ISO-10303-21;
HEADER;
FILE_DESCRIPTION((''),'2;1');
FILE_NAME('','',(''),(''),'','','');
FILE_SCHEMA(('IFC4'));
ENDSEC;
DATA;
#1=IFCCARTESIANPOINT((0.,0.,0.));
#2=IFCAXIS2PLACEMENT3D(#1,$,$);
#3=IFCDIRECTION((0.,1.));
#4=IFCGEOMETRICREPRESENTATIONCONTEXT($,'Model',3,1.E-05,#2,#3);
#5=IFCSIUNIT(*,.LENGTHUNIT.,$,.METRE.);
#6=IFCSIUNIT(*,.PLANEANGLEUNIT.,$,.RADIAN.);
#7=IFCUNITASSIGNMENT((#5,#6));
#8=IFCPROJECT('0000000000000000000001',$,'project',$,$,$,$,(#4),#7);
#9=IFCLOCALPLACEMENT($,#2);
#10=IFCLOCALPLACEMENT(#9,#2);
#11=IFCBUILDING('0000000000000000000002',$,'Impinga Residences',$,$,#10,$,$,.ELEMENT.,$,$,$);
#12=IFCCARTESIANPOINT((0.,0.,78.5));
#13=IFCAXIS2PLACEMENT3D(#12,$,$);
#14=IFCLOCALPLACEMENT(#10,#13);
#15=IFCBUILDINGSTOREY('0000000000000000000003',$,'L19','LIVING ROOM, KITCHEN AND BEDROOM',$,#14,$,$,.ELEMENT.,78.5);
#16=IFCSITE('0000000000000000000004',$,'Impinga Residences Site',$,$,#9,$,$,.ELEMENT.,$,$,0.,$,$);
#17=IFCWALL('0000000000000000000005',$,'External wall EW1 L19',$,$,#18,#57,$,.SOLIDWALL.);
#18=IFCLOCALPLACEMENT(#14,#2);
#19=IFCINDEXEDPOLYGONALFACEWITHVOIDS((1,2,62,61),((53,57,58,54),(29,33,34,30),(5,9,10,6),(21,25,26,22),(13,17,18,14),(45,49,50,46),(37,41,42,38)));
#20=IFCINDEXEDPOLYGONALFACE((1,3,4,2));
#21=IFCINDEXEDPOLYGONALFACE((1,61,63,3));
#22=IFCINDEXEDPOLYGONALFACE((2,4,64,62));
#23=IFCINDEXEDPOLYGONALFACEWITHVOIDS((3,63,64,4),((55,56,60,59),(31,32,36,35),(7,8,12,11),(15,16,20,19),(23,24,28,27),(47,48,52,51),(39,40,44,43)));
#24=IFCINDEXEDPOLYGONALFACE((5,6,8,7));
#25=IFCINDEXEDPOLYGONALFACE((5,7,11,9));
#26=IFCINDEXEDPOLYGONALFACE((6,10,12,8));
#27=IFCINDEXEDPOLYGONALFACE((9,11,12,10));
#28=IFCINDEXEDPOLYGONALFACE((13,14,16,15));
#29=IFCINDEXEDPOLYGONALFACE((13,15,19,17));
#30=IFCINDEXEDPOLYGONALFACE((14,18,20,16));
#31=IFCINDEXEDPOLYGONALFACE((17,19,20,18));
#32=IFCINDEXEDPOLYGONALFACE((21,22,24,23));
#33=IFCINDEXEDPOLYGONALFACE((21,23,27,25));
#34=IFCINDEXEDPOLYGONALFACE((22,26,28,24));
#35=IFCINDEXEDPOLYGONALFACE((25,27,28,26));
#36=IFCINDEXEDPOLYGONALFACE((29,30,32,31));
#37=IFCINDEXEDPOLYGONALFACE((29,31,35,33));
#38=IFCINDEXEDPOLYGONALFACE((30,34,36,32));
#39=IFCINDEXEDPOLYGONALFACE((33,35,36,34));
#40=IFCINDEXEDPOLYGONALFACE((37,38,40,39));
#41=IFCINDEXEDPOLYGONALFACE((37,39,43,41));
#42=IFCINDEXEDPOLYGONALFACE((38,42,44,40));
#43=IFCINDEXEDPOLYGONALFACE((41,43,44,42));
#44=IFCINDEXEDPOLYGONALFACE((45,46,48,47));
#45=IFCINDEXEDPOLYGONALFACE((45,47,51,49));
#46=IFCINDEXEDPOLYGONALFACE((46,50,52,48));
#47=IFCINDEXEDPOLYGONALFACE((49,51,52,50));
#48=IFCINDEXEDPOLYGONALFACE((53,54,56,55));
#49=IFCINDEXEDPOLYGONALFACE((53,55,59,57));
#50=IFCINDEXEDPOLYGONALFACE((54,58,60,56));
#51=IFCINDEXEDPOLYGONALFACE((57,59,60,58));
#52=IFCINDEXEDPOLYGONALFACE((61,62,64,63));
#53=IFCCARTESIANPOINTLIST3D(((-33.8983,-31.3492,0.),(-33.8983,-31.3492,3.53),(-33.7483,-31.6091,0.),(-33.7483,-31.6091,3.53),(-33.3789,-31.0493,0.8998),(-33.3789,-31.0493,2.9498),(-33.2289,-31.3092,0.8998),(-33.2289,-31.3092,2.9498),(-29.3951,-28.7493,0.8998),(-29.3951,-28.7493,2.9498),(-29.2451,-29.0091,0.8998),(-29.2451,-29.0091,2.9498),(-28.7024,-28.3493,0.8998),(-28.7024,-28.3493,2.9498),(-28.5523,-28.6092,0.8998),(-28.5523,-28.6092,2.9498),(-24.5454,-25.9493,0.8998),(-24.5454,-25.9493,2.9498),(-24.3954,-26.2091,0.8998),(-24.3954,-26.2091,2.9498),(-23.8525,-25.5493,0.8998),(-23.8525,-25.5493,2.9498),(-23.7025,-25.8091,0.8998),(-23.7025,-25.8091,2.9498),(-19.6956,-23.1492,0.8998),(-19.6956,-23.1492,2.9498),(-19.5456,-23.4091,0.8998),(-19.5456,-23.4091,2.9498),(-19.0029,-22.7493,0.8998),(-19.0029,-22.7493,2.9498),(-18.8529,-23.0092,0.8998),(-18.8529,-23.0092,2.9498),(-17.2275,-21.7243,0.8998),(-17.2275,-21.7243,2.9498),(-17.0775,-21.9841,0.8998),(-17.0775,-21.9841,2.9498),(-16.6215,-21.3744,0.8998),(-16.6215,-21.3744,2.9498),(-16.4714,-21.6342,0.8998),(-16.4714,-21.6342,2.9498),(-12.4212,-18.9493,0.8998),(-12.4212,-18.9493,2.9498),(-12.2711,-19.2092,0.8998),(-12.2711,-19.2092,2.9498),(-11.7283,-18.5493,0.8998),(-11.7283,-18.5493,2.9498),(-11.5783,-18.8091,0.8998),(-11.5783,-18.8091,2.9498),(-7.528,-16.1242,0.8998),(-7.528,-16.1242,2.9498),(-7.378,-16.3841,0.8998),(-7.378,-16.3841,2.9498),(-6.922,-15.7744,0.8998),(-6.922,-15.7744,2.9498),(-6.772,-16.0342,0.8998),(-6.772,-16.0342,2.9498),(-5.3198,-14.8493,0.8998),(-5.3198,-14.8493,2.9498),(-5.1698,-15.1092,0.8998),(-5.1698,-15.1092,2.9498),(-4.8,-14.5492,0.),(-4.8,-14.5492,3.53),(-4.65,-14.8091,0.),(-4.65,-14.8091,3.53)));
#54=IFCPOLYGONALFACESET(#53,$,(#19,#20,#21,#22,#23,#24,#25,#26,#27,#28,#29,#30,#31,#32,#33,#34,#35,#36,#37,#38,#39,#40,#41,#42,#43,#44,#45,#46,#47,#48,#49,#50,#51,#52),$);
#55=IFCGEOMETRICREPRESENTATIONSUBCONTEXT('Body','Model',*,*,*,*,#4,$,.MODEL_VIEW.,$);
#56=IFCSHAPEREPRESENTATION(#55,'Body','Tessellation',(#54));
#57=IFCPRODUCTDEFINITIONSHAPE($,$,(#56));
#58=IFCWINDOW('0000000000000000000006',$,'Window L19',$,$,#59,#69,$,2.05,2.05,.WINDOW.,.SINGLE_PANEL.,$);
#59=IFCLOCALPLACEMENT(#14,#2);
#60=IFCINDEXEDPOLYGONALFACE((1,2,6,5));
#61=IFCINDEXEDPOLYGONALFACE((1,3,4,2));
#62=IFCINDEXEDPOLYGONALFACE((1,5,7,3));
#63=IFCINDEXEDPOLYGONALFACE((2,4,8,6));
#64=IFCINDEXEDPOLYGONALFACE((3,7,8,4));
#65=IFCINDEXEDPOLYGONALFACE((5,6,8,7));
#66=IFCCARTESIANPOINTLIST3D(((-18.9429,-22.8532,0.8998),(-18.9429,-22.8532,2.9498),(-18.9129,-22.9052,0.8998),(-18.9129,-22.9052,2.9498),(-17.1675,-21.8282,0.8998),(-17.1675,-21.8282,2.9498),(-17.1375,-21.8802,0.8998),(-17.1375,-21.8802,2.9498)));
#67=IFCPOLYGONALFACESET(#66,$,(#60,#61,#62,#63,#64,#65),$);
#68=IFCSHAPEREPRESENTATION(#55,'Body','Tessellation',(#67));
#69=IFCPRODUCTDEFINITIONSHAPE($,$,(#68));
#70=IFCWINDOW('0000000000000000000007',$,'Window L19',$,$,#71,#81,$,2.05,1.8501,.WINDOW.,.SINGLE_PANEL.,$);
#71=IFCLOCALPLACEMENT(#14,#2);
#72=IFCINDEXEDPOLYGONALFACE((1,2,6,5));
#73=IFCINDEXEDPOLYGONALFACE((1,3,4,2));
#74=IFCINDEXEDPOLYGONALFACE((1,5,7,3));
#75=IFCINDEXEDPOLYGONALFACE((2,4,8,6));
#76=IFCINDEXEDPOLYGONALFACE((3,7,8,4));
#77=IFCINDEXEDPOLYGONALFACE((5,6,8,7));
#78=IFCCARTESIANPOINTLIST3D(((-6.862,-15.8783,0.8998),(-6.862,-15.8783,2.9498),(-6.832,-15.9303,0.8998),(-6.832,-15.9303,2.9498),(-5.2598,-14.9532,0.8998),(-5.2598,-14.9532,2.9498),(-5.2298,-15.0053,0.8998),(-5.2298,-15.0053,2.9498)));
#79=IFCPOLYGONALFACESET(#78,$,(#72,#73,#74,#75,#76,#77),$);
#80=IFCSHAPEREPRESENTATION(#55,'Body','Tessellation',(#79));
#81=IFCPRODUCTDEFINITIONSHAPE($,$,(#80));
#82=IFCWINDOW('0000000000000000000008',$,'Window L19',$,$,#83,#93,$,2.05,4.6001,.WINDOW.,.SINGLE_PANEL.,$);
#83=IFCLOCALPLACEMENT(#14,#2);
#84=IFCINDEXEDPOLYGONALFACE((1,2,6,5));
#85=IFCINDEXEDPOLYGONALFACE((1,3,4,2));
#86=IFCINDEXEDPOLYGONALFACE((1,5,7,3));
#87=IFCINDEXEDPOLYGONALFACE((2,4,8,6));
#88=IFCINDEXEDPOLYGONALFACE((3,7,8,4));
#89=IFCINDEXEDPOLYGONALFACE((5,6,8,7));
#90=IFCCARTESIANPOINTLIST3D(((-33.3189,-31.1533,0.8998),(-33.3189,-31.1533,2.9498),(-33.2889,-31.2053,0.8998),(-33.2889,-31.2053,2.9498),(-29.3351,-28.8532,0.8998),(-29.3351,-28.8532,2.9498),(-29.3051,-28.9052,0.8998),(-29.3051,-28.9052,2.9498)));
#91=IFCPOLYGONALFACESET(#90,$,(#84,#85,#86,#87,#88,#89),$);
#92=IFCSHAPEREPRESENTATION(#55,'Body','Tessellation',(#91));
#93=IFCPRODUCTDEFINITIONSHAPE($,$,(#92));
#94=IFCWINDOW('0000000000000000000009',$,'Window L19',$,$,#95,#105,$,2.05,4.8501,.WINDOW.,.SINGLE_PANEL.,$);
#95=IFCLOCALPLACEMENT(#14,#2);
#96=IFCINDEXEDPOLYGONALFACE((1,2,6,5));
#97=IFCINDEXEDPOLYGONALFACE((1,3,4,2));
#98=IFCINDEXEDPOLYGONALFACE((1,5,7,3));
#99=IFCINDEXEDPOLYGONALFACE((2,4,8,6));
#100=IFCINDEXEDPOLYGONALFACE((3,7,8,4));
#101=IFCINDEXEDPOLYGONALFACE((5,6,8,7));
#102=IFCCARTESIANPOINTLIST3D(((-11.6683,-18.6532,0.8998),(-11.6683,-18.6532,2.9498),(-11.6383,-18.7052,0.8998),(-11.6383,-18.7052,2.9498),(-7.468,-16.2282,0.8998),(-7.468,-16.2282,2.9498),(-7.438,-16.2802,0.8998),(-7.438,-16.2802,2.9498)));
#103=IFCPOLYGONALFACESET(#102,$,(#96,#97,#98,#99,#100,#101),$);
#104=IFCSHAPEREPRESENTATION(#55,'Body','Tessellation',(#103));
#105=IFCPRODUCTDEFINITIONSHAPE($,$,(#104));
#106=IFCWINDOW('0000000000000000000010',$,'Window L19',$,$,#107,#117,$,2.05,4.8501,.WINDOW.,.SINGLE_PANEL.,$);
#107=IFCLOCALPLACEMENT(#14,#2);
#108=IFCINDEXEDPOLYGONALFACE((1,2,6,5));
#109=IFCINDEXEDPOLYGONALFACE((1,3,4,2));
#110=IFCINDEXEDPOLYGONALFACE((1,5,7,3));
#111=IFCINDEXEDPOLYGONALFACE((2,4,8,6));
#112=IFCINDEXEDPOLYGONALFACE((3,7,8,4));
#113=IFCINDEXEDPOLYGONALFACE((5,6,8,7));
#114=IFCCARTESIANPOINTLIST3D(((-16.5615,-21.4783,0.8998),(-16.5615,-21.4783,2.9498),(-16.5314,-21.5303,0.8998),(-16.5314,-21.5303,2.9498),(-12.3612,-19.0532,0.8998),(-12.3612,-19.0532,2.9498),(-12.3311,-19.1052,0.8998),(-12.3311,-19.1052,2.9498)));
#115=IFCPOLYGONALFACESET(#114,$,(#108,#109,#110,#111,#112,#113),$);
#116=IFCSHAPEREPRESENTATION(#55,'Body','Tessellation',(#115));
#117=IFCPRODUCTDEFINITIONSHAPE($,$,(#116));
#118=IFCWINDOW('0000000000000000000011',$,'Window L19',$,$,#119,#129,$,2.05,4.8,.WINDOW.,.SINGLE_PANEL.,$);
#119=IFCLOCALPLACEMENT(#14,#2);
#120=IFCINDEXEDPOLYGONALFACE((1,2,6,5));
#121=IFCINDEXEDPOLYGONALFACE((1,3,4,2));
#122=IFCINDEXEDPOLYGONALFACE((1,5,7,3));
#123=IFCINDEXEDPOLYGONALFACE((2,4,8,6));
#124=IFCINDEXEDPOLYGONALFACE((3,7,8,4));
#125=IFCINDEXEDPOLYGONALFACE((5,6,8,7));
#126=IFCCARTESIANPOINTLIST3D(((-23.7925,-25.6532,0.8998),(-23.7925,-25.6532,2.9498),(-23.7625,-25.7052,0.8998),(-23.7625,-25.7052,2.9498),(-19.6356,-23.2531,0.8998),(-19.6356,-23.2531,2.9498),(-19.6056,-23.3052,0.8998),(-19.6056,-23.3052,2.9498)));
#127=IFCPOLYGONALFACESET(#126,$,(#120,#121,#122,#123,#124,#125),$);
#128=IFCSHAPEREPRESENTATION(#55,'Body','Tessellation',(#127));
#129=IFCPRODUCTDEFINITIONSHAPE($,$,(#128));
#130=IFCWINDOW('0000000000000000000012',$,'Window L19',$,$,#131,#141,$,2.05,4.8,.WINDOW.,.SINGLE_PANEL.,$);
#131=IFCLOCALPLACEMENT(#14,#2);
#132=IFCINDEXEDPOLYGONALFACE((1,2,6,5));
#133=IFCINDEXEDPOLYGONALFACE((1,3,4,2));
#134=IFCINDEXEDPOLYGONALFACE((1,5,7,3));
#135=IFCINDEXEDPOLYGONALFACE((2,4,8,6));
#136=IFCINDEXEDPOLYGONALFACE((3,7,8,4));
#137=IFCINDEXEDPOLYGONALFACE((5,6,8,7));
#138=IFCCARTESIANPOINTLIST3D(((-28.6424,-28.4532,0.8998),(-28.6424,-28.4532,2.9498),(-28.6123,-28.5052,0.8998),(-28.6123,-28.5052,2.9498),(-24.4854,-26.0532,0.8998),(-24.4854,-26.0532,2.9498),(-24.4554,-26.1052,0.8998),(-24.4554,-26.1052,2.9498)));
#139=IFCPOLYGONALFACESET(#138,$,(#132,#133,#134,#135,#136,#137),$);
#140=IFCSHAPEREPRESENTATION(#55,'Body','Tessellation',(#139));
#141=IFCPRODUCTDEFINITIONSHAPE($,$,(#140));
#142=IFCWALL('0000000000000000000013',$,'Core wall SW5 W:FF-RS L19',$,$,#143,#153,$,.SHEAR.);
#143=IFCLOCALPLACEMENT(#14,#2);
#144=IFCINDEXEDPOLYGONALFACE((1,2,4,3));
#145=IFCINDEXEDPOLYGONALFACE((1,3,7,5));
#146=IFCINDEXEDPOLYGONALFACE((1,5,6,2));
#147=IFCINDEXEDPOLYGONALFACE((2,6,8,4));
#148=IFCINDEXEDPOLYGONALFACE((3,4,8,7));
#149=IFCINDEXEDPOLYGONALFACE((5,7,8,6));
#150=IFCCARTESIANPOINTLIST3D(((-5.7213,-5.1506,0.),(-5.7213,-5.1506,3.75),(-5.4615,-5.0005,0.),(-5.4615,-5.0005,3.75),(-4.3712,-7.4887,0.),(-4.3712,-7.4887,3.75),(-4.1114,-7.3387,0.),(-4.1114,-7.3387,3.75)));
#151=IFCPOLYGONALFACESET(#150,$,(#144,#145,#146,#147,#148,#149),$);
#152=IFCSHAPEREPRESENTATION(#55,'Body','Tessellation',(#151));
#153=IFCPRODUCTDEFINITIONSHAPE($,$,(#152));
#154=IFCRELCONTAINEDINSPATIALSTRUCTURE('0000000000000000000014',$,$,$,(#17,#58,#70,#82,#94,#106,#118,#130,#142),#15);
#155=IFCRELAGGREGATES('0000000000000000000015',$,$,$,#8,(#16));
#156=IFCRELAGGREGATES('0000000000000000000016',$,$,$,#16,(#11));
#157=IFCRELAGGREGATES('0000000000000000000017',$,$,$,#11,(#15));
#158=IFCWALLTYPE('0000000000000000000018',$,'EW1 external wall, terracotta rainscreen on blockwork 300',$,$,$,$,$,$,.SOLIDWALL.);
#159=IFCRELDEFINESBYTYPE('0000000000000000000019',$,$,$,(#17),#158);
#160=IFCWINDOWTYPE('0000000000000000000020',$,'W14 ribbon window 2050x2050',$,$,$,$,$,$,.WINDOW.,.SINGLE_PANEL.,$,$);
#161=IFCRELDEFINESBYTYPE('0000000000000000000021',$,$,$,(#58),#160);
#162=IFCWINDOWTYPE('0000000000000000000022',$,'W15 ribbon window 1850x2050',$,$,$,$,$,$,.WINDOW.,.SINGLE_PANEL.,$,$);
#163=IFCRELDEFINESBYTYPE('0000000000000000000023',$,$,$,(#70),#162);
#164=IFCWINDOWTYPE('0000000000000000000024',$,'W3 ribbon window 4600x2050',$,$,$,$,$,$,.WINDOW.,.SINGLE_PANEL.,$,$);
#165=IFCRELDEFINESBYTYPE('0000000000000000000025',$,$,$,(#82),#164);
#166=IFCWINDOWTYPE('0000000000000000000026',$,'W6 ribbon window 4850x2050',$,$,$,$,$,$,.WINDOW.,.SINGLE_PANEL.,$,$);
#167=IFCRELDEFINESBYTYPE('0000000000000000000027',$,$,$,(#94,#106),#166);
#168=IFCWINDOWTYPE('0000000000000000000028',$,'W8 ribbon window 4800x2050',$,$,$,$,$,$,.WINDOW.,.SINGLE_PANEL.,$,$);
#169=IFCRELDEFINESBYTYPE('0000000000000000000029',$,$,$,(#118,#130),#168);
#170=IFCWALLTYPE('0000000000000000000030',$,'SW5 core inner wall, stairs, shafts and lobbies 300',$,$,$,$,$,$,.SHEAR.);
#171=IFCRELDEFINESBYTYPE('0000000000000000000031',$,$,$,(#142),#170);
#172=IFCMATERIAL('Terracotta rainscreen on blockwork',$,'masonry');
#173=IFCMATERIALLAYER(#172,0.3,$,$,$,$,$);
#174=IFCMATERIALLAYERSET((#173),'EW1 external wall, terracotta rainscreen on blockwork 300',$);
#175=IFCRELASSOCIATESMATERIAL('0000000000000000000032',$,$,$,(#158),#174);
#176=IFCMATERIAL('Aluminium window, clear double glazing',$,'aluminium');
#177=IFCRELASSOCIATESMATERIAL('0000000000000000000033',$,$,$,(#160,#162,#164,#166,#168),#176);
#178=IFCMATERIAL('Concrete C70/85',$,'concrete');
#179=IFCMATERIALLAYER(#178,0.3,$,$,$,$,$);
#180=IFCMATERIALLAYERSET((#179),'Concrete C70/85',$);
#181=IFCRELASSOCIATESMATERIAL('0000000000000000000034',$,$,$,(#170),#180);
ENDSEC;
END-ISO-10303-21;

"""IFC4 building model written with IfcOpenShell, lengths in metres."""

from ifc_helpers import new_model, si_unit, direction, frame, frame_2d, origin, place, context, subcontext, project, spatial, rectangle, extrude, material, layer, layer_set, type_object, element, fill, save


model = new_model("IFC4")

# Units and contexts
model_context = context("Model", 3, precision=1e-05, world=origin(), true_north=direction((0.0, 1.0)))
body_context = subcontext(model_context, "Body", "Model", "MODEL_VIEW")
ifc_project = project(units=[si_unit("LENGTHUNIT", "METRE"), si_unit("PLANEANGLEUNIT", "RADIAN")], contexts=[model_context])

# Site, building, storey
site_placement = place(None, origin())
site = spatial("IfcSite", under=ifc_project, at=site_placement, Name="Impinga Residences Site", CompositionType="ELEMENT", RefElevation=0.0)
building_placement = place(site_placement, origin())
building = spatial("IfcBuilding", under=site, at=building_placement, Name="Impinga Residences", CompositionType="ELEMENT")
storey_placement = place(building_placement, frame((0.0, 0.0, 78.5)))
storey = spatial("IfcBuildingStorey", under=building, at=storey_placement, Name="L19", Description="LIVING ROOM, KITCHEN AND BEDROOM", CompositionType="ELEMENT", Elevation=78.5)

# Shared definitions
ifc_material_1 = material(Name="Concrete C70/85", Category="concrete")

# Shared definitions
ifc_material_2 = material(Name="Terracotta rainscreen on blockwork", Category="masonry")
ifc_layer_1 = layer(ifc_material_2, 0.3)
ifc_layer_set_1 = layer_set([ifc_layer_1], Name="EW1 external wall, terracotta rainscreen on blockwork 300")
wall_type_1 = type_object("IfcWallType", Name="EW1 external wall, terracotta rainscreen on blockwork 300", PredefinedType="SOLIDWALL", material=ifc_layer_set_1)

# Wall, openings, windows
wall_1_placement = place(storey_placement, frame((-4.7251, -14.6792, 0.0), z_axis=(0.0, 0.0, 1.0), x_axis=(-0.866024, -0.500002, 0.0)))
wall_1 = element("IfcWall", 1, at=wall_1_placement, inside=storey, type_object=wall_type_1, Name="External wall EW1 L19", PredefinedType="SOLIDWALL", context=body_context, shape_type="SweptSolid", body=[
    extrude(rectangle(XDim=33.5999, YDim=0.3, at=frame_2d((16.7998, 0.0))), origin(), (0.0, 0.0, 1.0), 3.53),
])
opening_1_placement = place(wall_1_placement, frame((0.6001, 0.0, 0.8999)))
opening_1 = element("IfcOpeningElement", 2, at=opening_1_placement, cuts=wall_1, PredefinedType="OPENING", context=body_context, shape_type="SweptSolid", body=[
    extrude(rectangle(XDim=1.8501, YDim=2.05, at=frame_2d((0.925, 1.0249))), frame((0.0, 0.1599, 0.0), z_axis=(0.0, -1.0, 0.0), x_axis=(1.0, 0.0, 0.0)), (0.0, 0.0, 1.0), 0.3201),
])
opening_2_placement = place(wall_1_placement, frame((3.1499, 0.0, 0.8999)))
opening_2 = element("IfcOpeningElement", 3, at=opening_2_placement, cuts=wall_1, PredefinedType="OPENING", context=body_context, shape_type="SweptSolid", body=[
    extrude(rectangle(XDim=4.8501, YDim=2.05, at=frame_2d((2.425, 1.0249))), frame((0.0, 0.1599, 0.0), z_axis=(0.0, -1.0, 0.0), x_axis=(1.0, 0.0, 0.0)), (0.0, 0.0, 1.0), 0.3201),
])
opening_3_placement = place(wall_1_placement, frame((8.8, 0.0, 0.8999)))
opening_3 = element("IfcOpeningElement", 4, at=opening_3_placement, cuts=wall_1, PredefinedType="OPENING", context=body_context, shape_type="SweptSolid", body=[
    extrude(rectangle(XDim=4.8501, YDim=2.05, at=frame_2d((2.425, 1.0249))), frame((0.0, 0.1599, 0.0), z_axis=(0.0, -1.0, 0.0), x_axis=(1.0, 0.0, 0.0)), (0.0, 0.0, 1.0), 0.3201),
])
opening_4_placement = place(wall_1_placement, frame((14.3501, 0.0, 0.8999)))
opening_4 = element("IfcOpeningElement", 5, at=opening_4_placement, cuts=wall_1, PredefinedType="OPENING", context=body_context, shape_type="SweptSolid", body=[
    extrude(rectangle(XDim=2.05, YDim=2.05, at=frame_2d((1.0249, 1.0249))), frame((0.0, 0.1599, 0.0), z_axis=(0.0, -1.0, 0.0), x_axis=(1.0, 0.0, 0.0)), (0.0, 0.0, 1.0), 0.3201),
])
opening_5_placement = place(wall_1_placement, frame((17.2, 0.0, 0.8999)))
opening_5 = element("IfcOpeningElement", 6, at=opening_5_placement, cuts=wall_1, PredefinedType="OPENING", context=body_context, shape_type="SweptSolid", body=[
    extrude(rectangle(XDim=4.8, YDim=2.05, at=frame_2d((2.3999, 1.0249))), frame((0.0, 0.1599, 0.0), z_axis=(0.0, -1.0, 0.0), x_axis=(1.0, 0.0, 0.0)), (0.0, 0.0, 1.0), 0.3201),
])
opening_6_placement = place(wall_1_placement, frame((22.8, 0.0, 0.8999)))
opening_6 = element("IfcOpeningElement", 7, at=opening_6_placement, cuts=wall_1, PredefinedType="OPENING", context=body_context, shape_type="SweptSolid", body=[
    extrude(rectangle(XDim=4.8, YDim=2.05, at=frame_2d((2.3999, 1.0249))), frame((0.0, 0.1599, 0.0), z_axis=(0.0, -1.0, 0.0), x_axis=(1.0, 0.0, 0.0)), (0.0, 0.0, 1.0), 0.3201),
])
opening_7_placement = place(wall_1_placement, frame((28.3999, 0.0, 0.8999)))
opening_7 = element("IfcOpeningElement", 8, at=opening_7_placement, cuts=wall_1, PredefinedType="OPENING", context=body_context, shape_type="SweptSolid", body=[
    extrude(rectangle(XDim=4.6001, YDim=2.05, at=frame_2d((2.3, 1.0249))), frame((0.0, 0.1599, 0.0), z_axis=(0.0, -1.0, 0.0), x_axis=(1.0, 0.0, 0.0)), (0.0, 0.0, 1.0), 0.3201),
])
ifc_material_3 = material(Name="Aluminium window, clear double glazing", Category="aluminium")
window_type_1 = type_object("IfcWindowType", Name="W14 ribbon window 2050x2050", PartitioningType="SINGLE_PANEL", PredefinedType="WINDOW", material=ifc_material_3)
window_1_placement = place(opening_4_placement, origin())
window_1 = element("IfcWindow", 9, at=window_1_placement, inside=storey, type_object=window_type_1, Name="Window L19", OverallHeight=2.05, OverallWidth=2.05, PartitioningType="SINGLE_PANEL", PredefinedType="WINDOW", context=body_context, shape_type="SweptSolid", body=[
    extrude(rectangle(XDim=2.05, YDim=2.05, at=frame_2d((1.0249, 1.0249))), frame((0.0, 0.03, 0.0), z_axis=(0.0, -1.0, 0.0), x_axis=(1.0, 0.0, 0.0)), (0.0, 0.0, 1.0), 0.0601),
])
fill(opening_4, window_1)
window_type_2 = type_object("IfcWindowType", Name="W15 ribbon window 1850x2050", PartitioningType="SINGLE_PANEL", PredefinedType="WINDOW", material=ifc_material_3)
window_2_placement = place(opening_1_placement, origin())
window_2 = element("IfcWindow", 10, at=window_2_placement, inside=storey, type_object=window_type_2, Name="Window L19", OverallHeight=2.05, OverallWidth=1.8501, PartitioningType="SINGLE_PANEL", PredefinedType="WINDOW", context=body_context, shape_type="SweptSolid", body=[
    extrude(rectangle(XDim=1.8501, YDim=2.05, at=frame_2d((0.925, 1.0249))), frame((0.0, 0.03, 0.0), z_axis=(0.0, -1.0, 0.0), x_axis=(1.0, 0.0, 0.0)), (0.0, 0.0, 1.0), 0.0601),
])
fill(opening_1, window_2)
window_type_3 = type_object("IfcWindowType", Name="W3 ribbon window 4600x2050", PartitioningType="SINGLE_PANEL", PredefinedType="WINDOW", material=ifc_material_3)
window_3_placement = place(opening_7_placement, origin())
window_3 = element("IfcWindow", 11, at=window_3_placement, inside=storey, type_object=window_type_3, Name="Window L19", OverallHeight=2.05, OverallWidth=4.6001, PartitioningType="SINGLE_PANEL", PredefinedType="WINDOW", context=body_context, shape_type="SweptSolid", body=[
    extrude(rectangle(XDim=4.6001, YDim=2.05, at=frame_2d((2.3, 1.0249))), frame((0.0, 0.03, 0.0), z_axis=(0.0, -1.0, 0.0), x_axis=(1.0, 0.0, 0.0)), (0.0, 0.0, 1.0), 0.0601),
])
fill(opening_7, window_3)
window_type_4 = type_object("IfcWindowType", Name="W6 ribbon window 4850x2050", PartitioningType="SINGLE_PANEL", PredefinedType="WINDOW", material=ifc_material_3)
window_4_placement = place(opening_2_placement, origin())
window_4 = element("IfcWindow", 12, at=window_4_placement, inside=storey, type_object=window_type_4, Name="Window L19", OverallHeight=2.05, OverallWidth=4.8501, PartitioningType="SINGLE_PANEL", PredefinedType="WINDOW", context=body_context, shape_type="SweptSolid", body=[
    extrude(rectangle(XDim=4.8501, YDim=2.05, at=frame_2d((2.425, 1.0249))), frame((0.0, 0.03, 0.0), z_axis=(0.0, -1.0, 0.0), x_axis=(1.0, 0.0, 0.0)), (0.0, 0.0, 1.0), 0.0601),
])
fill(opening_2, window_4)
window_5_placement = place(opening_3_placement, origin())
window_5 = element("IfcWindow", 13, at=window_5_placement, inside=storey, type_object=window_type_4, Name="Window L19", OverallHeight=2.05, OverallWidth=4.8501, PartitioningType="SINGLE_PANEL", PredefinedType="WINDOW", context=body_context, shape_type="SweptSolid", body=[
    extrude(rectangle(XDim=4.8501, YDim=2.05, at=frame_2d((2.425, 1.0249))), frame((0.0, 0.03, 0.0), z_axis=(0.0, -1.0, 0.0), x_axis=(1.0, 0.0, 0.0)), (0.0, 0.0, 1.0), 0.0601),
])
fill(opening_3, window_5)
window_type_5 = type_object("IfcWindowType", Name="W8 ribbon window 4800x2050", PartitioningType="SINGLE_PANEL", PredefinedType="WINDOW", material=ifc_material_3)
window_6_placement = place(opening_5_placement, origin())
window_6 = element("IfcWindow", 14, at=window_6_placement, inside=storey, type_object=window_type_5, Name="Window L19", OverallHeight=2.05, OverallWidth=4.8, PartitioningType="SINGLE_PANEL", PredefinedType="WINDOW", context=body_context, shape_type="SweptSolid", body=[
    extrude(rectangle(XDim=4.8, YDim=2.05, at=frame_2d((2.3999, 1.0249))), frame((0.0, 0.03, 0.0), z_axis=(0.0, -1.0, 0.0), x_axis=(1.0, 0.0, 0.0)), (0.0, 0.0, 1.0), 0.0601),
])
fill(opening_5, window_6)
window_7_placement = place(opening_6_placement, origin())
window_7 = element("IfcWindow", 15, at=window_7_placement, inside=storey, type_object=window_type_5, Name="Window L19", OverallHeight=2.05, OverallWidth=4.8, PartitioningType="SINGLE_PANEL", PredefinedType="WINDOW", context=body_context, shape_type="SweptSolid", body=[
    extrude(rectangle(XDim=4.8, YDim=2.05, at=frame_2d((2.3999, 1.0249))), frame((0.0, 0.03, 0.0), z_axis=(0.0, -1.0, 0.0), x_axis=(1.0, 0.0, 0.0)), (0.0, 0.0, 1.0), 0.0601),
])
fill(opening_6, window_7)

# Wall
ifc_layer_2 = layer(ifc_material_1, 0.3)
ifc_layer_set_2 = layer_set([ifc_layer_2], Name="Concrete C70/85")
wall_type_2 = type_object("IfcWallType", Name="SW5 core inner wall, stairs, shafts and lobbies 300", PredefinedType="SHEAR", material=ifc_layer_set_2)
wall_2_placement = place(storey_placement, frame((-4.2412, -7.4138, 0.0), z_axis=(0.0, 0.0, 1.0), x_axis=(-0.500049, 0.865997, 0.0)))
element("IfcWall", 16, at=wall_2_placement, inside=storey, type_object=wall_type_2, Name="Core wall SW5 W:FF-RS L19", PredefinedType="SHEAR", context=body_context, shape_type="SweptSolid", body=[
    extrude(rectangle(XDim=2.7, YDim=0.3, at=frame_2d((1.3501, 0.0))), origin(), (0.0, 0.0, 1.0), 3.75),
])

save(model, "model.ifc")
